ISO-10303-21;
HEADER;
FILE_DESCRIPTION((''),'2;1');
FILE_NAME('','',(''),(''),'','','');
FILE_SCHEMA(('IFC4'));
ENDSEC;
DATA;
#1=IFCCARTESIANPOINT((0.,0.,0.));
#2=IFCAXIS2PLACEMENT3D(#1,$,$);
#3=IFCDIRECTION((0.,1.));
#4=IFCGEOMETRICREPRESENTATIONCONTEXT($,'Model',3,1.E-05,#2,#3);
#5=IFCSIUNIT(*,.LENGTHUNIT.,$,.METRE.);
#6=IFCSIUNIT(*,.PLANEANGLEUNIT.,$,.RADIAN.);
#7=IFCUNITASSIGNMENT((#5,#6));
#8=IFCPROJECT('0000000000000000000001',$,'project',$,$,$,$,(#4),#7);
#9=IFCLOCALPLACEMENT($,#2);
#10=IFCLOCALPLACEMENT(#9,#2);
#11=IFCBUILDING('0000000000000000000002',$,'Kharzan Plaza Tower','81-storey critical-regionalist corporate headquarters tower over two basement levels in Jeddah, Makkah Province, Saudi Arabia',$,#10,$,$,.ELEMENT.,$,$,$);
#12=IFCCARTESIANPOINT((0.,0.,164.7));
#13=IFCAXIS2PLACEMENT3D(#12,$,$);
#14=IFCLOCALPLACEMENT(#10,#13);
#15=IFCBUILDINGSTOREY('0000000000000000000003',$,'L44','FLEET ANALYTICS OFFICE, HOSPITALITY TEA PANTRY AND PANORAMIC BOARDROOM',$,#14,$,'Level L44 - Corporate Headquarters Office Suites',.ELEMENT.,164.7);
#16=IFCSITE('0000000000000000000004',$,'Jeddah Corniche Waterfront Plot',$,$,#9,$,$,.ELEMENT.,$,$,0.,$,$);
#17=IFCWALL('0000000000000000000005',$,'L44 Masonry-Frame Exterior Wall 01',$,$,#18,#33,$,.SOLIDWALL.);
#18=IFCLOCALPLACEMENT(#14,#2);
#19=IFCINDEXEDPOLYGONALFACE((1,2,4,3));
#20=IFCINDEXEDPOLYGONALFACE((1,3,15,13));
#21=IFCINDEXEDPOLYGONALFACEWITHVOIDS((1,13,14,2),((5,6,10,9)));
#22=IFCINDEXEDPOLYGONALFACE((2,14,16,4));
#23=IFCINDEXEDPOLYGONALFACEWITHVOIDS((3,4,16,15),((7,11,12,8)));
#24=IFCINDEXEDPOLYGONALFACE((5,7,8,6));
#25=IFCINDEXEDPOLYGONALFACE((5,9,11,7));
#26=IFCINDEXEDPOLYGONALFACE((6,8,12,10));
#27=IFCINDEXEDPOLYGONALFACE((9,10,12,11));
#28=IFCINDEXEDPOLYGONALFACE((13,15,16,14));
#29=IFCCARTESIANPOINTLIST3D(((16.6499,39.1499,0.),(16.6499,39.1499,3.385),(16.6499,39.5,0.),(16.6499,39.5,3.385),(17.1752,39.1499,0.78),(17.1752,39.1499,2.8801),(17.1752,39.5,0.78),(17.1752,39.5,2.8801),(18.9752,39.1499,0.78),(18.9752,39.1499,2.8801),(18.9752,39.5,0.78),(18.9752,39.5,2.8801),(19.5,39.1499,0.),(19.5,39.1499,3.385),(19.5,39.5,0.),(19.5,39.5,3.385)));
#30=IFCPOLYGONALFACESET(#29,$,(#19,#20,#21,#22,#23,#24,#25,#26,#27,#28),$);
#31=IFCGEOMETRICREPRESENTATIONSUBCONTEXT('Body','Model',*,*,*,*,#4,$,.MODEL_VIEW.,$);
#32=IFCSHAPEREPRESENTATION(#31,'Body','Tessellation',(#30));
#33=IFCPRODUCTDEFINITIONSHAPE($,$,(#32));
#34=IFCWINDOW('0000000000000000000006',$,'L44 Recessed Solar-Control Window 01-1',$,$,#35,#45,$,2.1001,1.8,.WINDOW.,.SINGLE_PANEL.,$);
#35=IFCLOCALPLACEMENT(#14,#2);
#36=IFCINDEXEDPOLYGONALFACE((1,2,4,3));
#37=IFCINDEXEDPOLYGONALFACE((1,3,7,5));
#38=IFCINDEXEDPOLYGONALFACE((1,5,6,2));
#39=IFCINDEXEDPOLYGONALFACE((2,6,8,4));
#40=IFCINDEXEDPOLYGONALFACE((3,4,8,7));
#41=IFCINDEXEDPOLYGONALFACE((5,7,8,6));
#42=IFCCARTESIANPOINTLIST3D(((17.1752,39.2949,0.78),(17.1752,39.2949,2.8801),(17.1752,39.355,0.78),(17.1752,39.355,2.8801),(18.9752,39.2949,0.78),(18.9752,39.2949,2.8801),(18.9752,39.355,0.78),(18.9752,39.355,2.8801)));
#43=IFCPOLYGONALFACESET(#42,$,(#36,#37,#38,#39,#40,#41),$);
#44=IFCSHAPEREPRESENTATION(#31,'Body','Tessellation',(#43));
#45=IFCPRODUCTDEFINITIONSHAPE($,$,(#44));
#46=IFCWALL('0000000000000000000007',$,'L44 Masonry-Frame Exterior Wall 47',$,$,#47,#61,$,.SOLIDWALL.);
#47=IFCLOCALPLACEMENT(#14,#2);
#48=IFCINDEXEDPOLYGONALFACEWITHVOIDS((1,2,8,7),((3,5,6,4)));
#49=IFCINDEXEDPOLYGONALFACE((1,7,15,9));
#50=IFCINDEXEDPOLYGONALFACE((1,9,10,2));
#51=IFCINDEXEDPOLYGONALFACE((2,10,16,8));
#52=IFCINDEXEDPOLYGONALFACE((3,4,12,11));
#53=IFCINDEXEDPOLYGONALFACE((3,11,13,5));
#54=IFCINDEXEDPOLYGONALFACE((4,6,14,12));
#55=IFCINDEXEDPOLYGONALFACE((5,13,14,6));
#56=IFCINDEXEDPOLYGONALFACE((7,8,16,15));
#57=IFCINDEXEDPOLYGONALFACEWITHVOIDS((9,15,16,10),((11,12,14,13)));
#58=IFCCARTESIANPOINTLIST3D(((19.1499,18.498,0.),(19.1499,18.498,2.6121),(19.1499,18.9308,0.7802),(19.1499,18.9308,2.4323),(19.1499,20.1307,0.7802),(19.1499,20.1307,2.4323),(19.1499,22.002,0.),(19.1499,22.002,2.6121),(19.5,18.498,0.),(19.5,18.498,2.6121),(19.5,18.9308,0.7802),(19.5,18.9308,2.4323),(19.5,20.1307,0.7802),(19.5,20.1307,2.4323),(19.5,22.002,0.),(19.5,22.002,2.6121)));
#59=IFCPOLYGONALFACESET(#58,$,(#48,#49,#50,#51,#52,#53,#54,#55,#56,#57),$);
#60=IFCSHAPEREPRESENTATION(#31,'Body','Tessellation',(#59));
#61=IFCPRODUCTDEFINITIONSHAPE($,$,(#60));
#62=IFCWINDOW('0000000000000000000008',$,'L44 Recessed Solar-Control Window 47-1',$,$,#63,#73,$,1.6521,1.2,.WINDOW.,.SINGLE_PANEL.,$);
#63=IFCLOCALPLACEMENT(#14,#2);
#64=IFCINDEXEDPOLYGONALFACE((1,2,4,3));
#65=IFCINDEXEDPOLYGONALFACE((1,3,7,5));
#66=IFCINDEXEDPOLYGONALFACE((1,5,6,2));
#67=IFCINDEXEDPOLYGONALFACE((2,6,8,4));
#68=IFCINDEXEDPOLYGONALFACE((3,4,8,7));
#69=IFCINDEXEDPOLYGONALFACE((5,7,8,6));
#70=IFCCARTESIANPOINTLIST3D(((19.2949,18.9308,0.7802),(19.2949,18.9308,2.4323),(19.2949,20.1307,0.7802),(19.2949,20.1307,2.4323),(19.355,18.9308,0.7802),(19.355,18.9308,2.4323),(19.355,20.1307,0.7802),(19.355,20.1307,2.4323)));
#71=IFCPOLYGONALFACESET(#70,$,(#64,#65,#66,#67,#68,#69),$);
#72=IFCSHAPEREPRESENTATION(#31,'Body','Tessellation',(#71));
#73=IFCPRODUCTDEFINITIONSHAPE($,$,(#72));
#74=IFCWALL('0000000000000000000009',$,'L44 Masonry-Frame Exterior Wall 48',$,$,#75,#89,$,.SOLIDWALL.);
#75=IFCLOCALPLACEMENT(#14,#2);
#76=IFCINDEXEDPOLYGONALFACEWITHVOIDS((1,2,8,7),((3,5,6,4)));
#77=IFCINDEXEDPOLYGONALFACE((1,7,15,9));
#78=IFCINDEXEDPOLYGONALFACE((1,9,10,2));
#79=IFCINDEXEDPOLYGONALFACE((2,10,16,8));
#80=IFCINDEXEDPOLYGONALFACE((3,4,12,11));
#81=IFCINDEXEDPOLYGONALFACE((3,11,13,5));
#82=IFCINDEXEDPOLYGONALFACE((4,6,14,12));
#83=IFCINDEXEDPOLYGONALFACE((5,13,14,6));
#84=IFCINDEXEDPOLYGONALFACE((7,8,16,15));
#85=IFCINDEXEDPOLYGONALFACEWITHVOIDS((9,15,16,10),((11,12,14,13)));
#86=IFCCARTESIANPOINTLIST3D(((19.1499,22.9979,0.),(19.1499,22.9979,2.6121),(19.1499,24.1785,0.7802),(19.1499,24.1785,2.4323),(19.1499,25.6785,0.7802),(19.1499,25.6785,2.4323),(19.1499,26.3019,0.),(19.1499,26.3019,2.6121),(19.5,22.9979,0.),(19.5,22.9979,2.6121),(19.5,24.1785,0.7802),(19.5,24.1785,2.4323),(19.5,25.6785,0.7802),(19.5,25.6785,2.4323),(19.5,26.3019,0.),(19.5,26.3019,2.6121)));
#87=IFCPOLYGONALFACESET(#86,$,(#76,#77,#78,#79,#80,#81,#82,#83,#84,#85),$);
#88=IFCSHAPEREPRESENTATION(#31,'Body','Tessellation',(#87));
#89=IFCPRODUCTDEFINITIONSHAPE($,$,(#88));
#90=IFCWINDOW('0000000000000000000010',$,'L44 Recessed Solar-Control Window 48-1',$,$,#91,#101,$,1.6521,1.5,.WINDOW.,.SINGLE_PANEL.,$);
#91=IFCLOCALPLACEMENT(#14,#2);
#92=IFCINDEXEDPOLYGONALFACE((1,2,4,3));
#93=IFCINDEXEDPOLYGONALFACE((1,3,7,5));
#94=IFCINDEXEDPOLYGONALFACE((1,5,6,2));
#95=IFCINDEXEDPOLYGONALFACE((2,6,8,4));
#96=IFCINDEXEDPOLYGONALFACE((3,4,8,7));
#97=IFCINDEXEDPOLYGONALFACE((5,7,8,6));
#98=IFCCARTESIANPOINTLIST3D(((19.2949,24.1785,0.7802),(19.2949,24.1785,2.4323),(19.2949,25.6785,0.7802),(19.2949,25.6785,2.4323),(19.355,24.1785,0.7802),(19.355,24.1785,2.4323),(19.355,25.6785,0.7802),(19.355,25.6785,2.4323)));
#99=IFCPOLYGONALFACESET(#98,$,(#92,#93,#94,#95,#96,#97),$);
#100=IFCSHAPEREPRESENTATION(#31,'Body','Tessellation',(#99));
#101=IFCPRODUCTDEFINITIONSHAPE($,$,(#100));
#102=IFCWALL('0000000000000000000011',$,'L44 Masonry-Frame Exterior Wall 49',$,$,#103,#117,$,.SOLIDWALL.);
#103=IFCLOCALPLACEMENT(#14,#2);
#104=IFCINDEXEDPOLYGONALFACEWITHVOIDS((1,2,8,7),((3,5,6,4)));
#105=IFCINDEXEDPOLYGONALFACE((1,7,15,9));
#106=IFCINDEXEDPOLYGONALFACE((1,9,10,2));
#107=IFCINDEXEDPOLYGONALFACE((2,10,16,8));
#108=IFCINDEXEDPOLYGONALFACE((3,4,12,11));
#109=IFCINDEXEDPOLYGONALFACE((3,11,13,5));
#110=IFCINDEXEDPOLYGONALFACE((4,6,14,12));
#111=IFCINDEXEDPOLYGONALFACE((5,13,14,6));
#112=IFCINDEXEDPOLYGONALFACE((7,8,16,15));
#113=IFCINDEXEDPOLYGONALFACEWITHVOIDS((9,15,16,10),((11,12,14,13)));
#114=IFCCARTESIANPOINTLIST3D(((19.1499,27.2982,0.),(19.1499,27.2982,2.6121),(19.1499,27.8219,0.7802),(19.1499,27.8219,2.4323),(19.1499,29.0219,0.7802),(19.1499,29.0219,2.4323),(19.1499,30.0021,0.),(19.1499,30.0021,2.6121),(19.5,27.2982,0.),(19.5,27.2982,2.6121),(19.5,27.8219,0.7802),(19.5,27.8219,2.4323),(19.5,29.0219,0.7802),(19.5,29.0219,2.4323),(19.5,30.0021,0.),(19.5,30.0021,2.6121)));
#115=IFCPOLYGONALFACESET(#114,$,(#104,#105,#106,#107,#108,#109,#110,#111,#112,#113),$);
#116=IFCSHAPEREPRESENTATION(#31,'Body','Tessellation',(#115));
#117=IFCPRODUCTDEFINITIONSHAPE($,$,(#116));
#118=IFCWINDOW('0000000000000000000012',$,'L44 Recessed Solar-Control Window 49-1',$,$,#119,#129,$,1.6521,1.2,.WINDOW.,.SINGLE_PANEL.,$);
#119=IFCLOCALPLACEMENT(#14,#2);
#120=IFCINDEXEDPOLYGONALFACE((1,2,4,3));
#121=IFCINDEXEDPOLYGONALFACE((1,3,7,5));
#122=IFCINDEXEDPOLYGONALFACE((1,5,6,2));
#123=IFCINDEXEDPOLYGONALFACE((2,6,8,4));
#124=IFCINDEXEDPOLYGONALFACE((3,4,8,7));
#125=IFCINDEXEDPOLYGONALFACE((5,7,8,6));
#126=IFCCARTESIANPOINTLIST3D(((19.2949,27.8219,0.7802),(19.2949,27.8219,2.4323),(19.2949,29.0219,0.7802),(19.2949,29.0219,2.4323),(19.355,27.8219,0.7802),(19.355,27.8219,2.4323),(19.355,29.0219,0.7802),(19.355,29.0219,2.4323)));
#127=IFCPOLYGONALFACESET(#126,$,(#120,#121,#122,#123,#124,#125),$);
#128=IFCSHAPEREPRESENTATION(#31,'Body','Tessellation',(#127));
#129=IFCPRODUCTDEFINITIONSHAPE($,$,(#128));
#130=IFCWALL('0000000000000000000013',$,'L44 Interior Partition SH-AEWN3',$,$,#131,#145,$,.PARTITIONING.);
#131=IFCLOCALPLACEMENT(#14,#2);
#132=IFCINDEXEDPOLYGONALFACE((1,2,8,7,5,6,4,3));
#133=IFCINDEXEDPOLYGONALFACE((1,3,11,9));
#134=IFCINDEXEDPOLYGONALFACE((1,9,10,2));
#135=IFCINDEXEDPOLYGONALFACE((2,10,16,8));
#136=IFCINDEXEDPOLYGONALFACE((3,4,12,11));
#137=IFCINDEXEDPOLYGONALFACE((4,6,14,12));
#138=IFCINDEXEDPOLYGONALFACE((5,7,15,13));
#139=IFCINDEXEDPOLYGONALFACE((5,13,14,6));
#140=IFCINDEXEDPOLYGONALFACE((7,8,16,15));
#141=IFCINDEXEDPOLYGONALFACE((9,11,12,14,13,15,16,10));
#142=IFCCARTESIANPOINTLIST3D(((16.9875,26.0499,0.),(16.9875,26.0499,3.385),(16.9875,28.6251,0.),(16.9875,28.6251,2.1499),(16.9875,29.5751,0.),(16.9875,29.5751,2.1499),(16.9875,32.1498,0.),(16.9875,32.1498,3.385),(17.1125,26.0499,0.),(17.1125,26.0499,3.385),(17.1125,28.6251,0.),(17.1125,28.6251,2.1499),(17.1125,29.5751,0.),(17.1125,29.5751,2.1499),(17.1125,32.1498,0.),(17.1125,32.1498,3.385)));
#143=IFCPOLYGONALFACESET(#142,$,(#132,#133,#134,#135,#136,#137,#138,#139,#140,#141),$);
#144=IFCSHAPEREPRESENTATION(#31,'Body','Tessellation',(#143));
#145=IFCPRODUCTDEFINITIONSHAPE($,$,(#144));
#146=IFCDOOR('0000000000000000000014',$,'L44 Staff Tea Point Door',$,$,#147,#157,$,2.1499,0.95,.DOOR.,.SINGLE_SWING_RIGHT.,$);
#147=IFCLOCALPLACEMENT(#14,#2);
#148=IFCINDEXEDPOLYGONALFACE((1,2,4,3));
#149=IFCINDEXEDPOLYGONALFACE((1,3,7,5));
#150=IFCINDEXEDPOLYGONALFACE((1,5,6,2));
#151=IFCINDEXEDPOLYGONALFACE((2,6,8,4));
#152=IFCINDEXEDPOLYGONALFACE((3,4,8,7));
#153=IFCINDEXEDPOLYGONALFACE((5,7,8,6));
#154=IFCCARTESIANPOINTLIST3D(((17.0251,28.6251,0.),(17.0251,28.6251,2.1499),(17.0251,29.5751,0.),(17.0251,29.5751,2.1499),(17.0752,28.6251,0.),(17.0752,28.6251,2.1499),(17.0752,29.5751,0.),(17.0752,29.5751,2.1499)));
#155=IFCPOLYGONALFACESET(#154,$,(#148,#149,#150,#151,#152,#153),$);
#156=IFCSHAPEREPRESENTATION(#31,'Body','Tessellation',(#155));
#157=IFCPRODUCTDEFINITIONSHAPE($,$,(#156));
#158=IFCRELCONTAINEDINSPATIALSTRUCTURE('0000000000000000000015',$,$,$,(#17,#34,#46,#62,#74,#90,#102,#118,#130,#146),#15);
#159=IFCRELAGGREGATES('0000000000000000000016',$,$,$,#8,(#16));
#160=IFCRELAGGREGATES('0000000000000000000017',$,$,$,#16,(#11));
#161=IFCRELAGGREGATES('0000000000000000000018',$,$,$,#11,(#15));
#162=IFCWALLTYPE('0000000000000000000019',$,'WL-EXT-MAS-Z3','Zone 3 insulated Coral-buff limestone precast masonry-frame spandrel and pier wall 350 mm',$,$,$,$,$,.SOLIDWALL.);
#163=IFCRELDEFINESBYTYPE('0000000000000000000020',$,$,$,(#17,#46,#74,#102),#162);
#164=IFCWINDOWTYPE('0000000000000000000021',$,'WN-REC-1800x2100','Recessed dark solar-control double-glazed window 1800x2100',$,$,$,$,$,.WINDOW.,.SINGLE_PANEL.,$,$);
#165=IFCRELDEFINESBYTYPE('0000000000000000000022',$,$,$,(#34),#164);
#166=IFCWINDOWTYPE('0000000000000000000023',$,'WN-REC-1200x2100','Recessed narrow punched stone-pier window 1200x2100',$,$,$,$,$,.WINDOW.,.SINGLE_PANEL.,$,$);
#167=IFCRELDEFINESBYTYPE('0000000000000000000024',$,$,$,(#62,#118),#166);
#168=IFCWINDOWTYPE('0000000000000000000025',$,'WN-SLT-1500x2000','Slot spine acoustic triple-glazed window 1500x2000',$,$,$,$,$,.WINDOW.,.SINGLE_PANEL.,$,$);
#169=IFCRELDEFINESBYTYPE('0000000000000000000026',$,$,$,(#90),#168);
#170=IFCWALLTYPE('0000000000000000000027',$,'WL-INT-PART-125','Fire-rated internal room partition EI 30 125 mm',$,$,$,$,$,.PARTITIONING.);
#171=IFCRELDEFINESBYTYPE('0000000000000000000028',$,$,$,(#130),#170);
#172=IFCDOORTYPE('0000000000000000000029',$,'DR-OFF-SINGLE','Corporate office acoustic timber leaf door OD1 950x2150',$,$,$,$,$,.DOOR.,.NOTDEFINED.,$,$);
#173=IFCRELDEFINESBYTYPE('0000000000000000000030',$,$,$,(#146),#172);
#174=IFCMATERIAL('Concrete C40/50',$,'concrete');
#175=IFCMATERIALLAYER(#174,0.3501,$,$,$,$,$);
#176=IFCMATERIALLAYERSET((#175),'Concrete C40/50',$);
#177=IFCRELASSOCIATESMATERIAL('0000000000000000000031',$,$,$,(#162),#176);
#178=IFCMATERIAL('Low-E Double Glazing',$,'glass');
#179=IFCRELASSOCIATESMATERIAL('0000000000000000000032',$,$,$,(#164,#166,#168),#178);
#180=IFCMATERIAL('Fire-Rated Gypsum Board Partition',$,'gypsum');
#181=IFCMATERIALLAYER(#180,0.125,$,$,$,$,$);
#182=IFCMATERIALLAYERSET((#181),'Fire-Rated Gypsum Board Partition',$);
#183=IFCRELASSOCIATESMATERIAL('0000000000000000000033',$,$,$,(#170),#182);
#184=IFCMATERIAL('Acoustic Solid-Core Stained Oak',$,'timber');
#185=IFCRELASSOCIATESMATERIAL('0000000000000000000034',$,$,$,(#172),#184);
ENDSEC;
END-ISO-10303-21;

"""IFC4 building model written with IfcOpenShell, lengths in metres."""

from ifc_helpers import new_model, si_unit, direction, frame, frame_2d, origin, place, context, subcontext, project, spatial, rectangle, extrude, source, transform, mapped, material, layer, layer_set, type_object, element, fill, save


model = new_model("IFC4")

# Units and contexts
model_context = context("Model", 3, precision=1e-05, world=origin(), true_north=direction((0.0, 1.0)))
body_context = subcontext(model_context, "Body", "Model", "MODEL_VIEW")
ifc_project = project(units=[si_unit("LENGTHUNIT", "METRE"), si_unit("PLANEANGLEUNIT", "RADIAN")], contexts=[model_context])

# Site, building, storey
site_placement = place(None, origin())
site = spatial("IfcSite", under=ifc_project, at=site_placement, Name="Jeddah Corniche Waterfront Plot", CompositionType="ELEMENT", RefElevation=0.0)
building_placement = place(site_placement, origin())
building = spatial("IfcBuilding", under=site, at=building_placement, Name="Kharzan Plaza Tower", Description="81-storey critical-regionalist corporate headquarters tower over two basement levels in Jeddah, Makkah Province, Saudi Arabia", CompositionType="ELEMENT")
storey_placement = place(building_placement, frame((0.0, 0.0, 164.7)))
storey = spatial("IfcBuildingStorey", under=building, at=storey_placement, Name="L44", Description="FLEET ANALYTICS OFFICE, HOSPITALITY TEA PANTRY AND PANORAMIC BOARDROOM", LongName="Level L44 - Corporate Headquarters Office Suites", CompositionType="ELEMENT", Elevation=164.7)

# Walls, openings, windows
ifc_material_1 = material(Name="Concrete C40/50", Category="concrete")
ifc_layer_1 = layer(ifc_material_1, 0.3501)
ifc_layer_set_1 = layer_set([ifc_layer_1], Name="Concrete C40/50")
wall_type_1 = type_object("IfcWallType", Name="WL-EXT-MAS-Z3", Description="Zone 3 insulated Coral-buff limestone precast masonry-frame spandrel and pier wall 350 mm", PredefinedType="SOLIDWALL", material=ifc_layer_set_1)
wall_1_placement = place(storey_placement, frame((19.5, 39.325, 0.0), z_axis=(0.0, 0.0, 1.0), x_axis=(-1.0, 0.0, 0.0)))
wall_1 = element("IfcWall", 1, at=wall_1_placement, inside=storey, type_object=wall_type_1, Name="L44 Masonry-Frame Exterior Wall 01", PredefinedType="SOLIDWALL", context=body_context, shape_type="SweptSolid", body=[
    extrude(rectangle(XDim=2.8501, YDim=0.3501, at=frame_2d((1.425, 0.0))), origin(), (0.0, 0.0, 1.0), 3.385),
])
opening_1_placement = place(wall_1_placement, frame((0.5249, 0.0, 0.78)))
opening_1 = element("IfcOpeningElement", 2, at=opening_1_placement, cuts=wall_1, PredefinedType="OPENING", context=body_context, shape_type="SweptSolid", body=[
    extrude(rectangle(XDim=1.8, YDim=2.1001, at=frame_2d((0.8999, 1.05))), frame((0.0, 0.1851, 0.0), z_axis=(0.0, -1.0, 0.0), x_axis=(1.0, 0.0, 0.0)), (0.0, 0.0, 1.0), 0.3701),
])
ifc_material_2 = material(Name="Low-E Double Glazing", Category="glass")
window_type_1 = type_object("IfcWindowType", Name="WN-REC-1800x2100", Description="Recessed dark solar-control double-glazed window 1800x2100", PartitioningType="SINGLE_PANEL", PredefinedType="WINDOW", material=ifc_material_2)
shared_shape_1 = source(origin(), body_context, "Body", "SweptSolid", [
    extrude(rectangle(XDim=1.8, YDim=2.1001, at=frame_2d((0.8999, 1.05))), frame((0.0, 0.03, 0.0), z_axis=(0.0, -1.0, 0.0), x_axis=(1.0, 0.0, 0.0)), (0.0, 0.0, 1.0), 0.0601),
])
window_1_placement = place(opening_1_placement, origin())
window_1 = element("IfcWindow", 3, at=window_1_placement, inside=storey, type_object=window_type_1, Name="L44 Recessed Solar-Control Window 01-1", OverallHeight=2.1001, OverallWidth=1.8, PartitioningType="SINGLE_PANEL", PredefinedType="WINDOW", context=body_context, shape_type="MappedRepresentation", body=[
    mapped(shared_shape_1, transform((0.0, 0.0, 0.0), x_axis=(1.0, 0.0, 0.0), y_axis=(0.0, 1.0, 0.0), z_axis=(0.0, 0.0, 1.0))),
])
fill(opening_1, window_1)
wall_2_placement = place(storey_placement, frame((19.325, 18.498, 0.0), z_axis=(0.0, 0.0, 1.0), x_axis=(0.0, 1.0, 0.0)))
wall_2 = element("IfcWall", 4, at=wall_2_placement, inside=storey, type_object=wall_type_1, Name="L44 Masonry-Frame Exterior Wall 47", PredefinedType="SOLIDWALL", context=body_context, shape_type="SweptSolid", body=[
    extrude(rectangle(XDim=3.5039, YDim=0.3501, at=frame_2d((1.752, 0.0))), origin(), (0.0, 0.0, 1.0), 2.6121),
])
opening_2_placement = place(wall_2_placement, frame((0.4326, 0.0, 0.78)))
opening_2 = element("IfcOpeningElement", 5, at=opening_2_placement, cuts=wall_2, PredefinedType="OPENING", context=body_context, shape_type="SweptSolid", body=[
    extrude(rectangle(XDim=1.2, YDim=1.6521, at=frame_2d((0.6001, 0.8262))), frame((0.0, 0.1851, 0.0), z_axis=(0.0, -1.0, 0.0), x_axis=(1.0, 0.0, 0.0)), (0.0, 0.0, 1.0), 0.3701),
])
window_type_2 = type_object("IfcWindowType", Name="WN-REC-1200x2100", Description="Recessed narrow punched stone-pier window 1200x2100", PartitioningType="SINGLE_PANEL", PredefinedType="WINDOW", material=ifc_material_2)
shared_shape_2 = source(origin(), body_context, "Body", "SweptSolid", [
    extrude(rectangle(XDim=1.2, YDim=1.6521, at=frame_2d((0.6001, 0.8262))), frame((0.0, 0.03, 0.0), z_axis=(0.0, -1.0, 0.0), x_axis=(1.0, 0.0, 0.0)), (0.0, 0.0, 1.0), 0.0601),
])
window_2_placement = place(opening_2_placement, origin())
window_2 = element("IfcWindow", 6, at=window_2_placement, inside=storey, type_object=window_type_2, Name="L44 Recessed Solar-Control Window 47-1", OverallHeight=1.6521, OverallWidth=1.2, PartitioningType="SINGLE_PANEL", PredefinedType="WINDOW", context=body_context, shape_type="MappedRepresentation", body=[
    mapped(shared_shape_2, transform((0.0, 0.0, 0.0), x_axis=(1.0, 0.0, 0.0), y_axis=(0.0, 1.0, 0.0), z_axis=(0.0, 0.0, 1.0))),
])
fill(opening_2, window_2)
wall_3_placement = place(storey_placement, frame((19.325, 22.998, 0.0), z_axis=(0.0, 0.0, 1.0), x_axis=(0.0, 1.0, 0.0)))
wall_3 = element("IfcWall", 7, at=wall_3_placement, inside=storey, type_object=wall_type_1, Name="L44 Masonry-Frame Exterior Wall 48", PredefinedType="SOLIDWALL", context=body_context, shape_type="SweptSolid", body=[
    extrude(rectangle(XDim=3.304, YDim=0.3501, at=frame_2d((1.6519, 0.0))), origin(), (0.0, 0.0, 1.0), 2.6121),
])
opening_3_placement = place(wall_3_placement, frame((1.1804, 0.0, 0.78)))
opening_3 = element("IfcOpeningElement", 8, at=opening_3_placement, cuts=wall_3, PredefinedType="OPENING", context=body_context, shape_type="SweptSolid", body=[
    extrude(rectangle(XDim=1.5, YDim=1.6521, at=frame_2d((0.75, 0.8262))), frame((0.0, 0.1851, 0.0), z_axis=(0.0, -1.0, 0.0), x_axis=(1.0, 0.0, 0.0)), (0.0, 0.0, 1.0), 0.3701),
])
window_type_3 = type_object("IfcWindowType", Name="WN-SLT-1500x2000", Description="Slot spine acoustic triple-glazed window 1500x2000", PartitioningType="SINGLE_PANEL", PredefinedType="WINDOW", material=ifc_material_2)
shared_shape_3 = source(origin(), body_context, "Body", "SweptSolid", [
    extrude(rectangle(XDim=1.5, YDim=1.6521, at=frame_2d((0.75, 0.8262))), frame((0.0, 0.03, 0.0), z_axis=(0.0, -1.0, 0.0), x_axis=(1.0, 0.0, 0.0)), (0.0, 0.0, 1.0), 0.0601),
])
window_3_placement = place(opening_3_placement, origin())
window_3 = element("IfcWindow", 9, at=window_3_placement, inside=storey, type_object=window_type_3, Name="L44 Recessed Solar-Control Window 48-1", OverallHeight=1.6521, OverallWidth=1.5, PartitioningType="SINGLE_PANEL", PredefinedType="WINDOW", context=body_context, shape_type="MappedRepresentation", body=[
    mapped(shared_shape_3, transform((0.0, 0.0, 0.0), x_axis=(1.0, 0.0, 0.0), y_axis=(0.0, 1.0, 0.0), z_axis=(0.0, 0.0, 1.0))),
])
fill(opening_3, window_3)
wall_4_placement = place(storey_placement, frame((19.325, 27.2981, 0.0), z_axis=(0.0, 0.0, 1.0), x_axis=(0.0, 1.0, 0.0)))
wall_4 = element("IfcWall", 10, at=wall_4_placement, inside=storey, type_object=wall_type_1, Name="L44 Masonry-Frame Exterior Wall 49", PredefinedType="SOLIDWALL", context=body_context, shape_type="SweptSolid", body=[
    extrude(rectangle(XDim=2.7039, YDim=0.3501, at=frame_2d((1.3521, 0.0))), origin(), (0.0, 0.0, 1.0), 2.6121),
])
opening_4_placement = place(wall_4_placement, frame((0.5237, 0.0, 0.78)))
opening_4 = element("IfcOpeningElement", 11, at=opening_4_placement, cuts=wall_4, PredefinedType="OPENING", context=body_context, shape_type="SweptSolid", body=[
    extrude(rectangle(XDim=1.2, YDim=1.6521, at=frame_2d((0.6001, 0.8262))), frame((0.0, 0.1851, 0.0), z_axis=(0.0, -1.0, 0.0), x_axis=(1.0, 0.0, 0.0)), (0.0, 0.0, 1.0), 0.3701),
])
window_4_placement = place(opening_4_placement, origin())
window_4 = element("IfcWindow", 12, at=window_4_placement, inside=storey, type_object=window_type_2, Name="L44 Recessed Solar-Control Window 49-1", OverallHeight=1.6521, OverallWidth=1.2, PartitioningType="SINGLE_PANEL", PredefinedType="WINDOW", context=body_context, shape_type="MappedRepresentation", body=[
    mapped(shared_shape_2, transform((0.0, 0.0, 0.0), x_axis=(1.0, 0.0, 0.0), y_axis=(0.0, 1.0, 0.0), z_axis=(0.0, 0.0, 1.0))),
])
fill(opening_4, window_4)

# Wall, opening, door
ifc_material_3 = material(Name="Fire-Rated Gypsum Board Partition", Category="gypsum")
ifc_layer_2 = layer(ifc_material_3, 0.125)
ifc_layer_set_2 = layer_set([ifc_layer_2], Name="Fire-Rated Gypsum Board Partition")
wall_type_2 = type_object("IfcWallType", Name="WL-INT-PART-125", Description="Fire-rated internal room partition EI 30 125 mm", PredefinedType="PARTITIONING", material=ifc_layer_set_2)
wall_5_placement = place(storey_placement, frame((17.05, 26.05, 0.0), z_axis=(0.0, 0.0, 1.0), x_axis=(0.0, 1.0, 0.0)))
wall_5 = element("IfcWall", 13, at=wall_5_placement, inside=storey, type_object=wall_type_2, Name="L44 Interior Partition SH-AEWN3", PredefinedType="PARTITIONING", context=body_context, shape_type="SweptSolid", body=[
    extrude(rectangle(XDim=6.0999, YDim=0.125, at=frame_2d((3.0498, 0.0))), origin(), (0.0, 0.0, 1.0), 3.385),
])
opening_5_placement = place(wall_5_placement, frame((2.575, 0.0, 0.0)))
opening_5 = element("IfcOpeningElement", 14, at=opening_5_placement, cuts=wall_5, PredefinedType="OPENING", context=body_context, shape_type="SweptSolid", body=[
    extrude(rectangle(XDim=0.95, YDim=2.1499, at=frame_2d((0.4751, 1.075))), frame((0.0, 0.0725, 0.0), z_axis=(0.0, -1.0, 0.0), x_axis=(1.0, 0.0, 0.0)), (0.0, 0.0, 1.0), 0.145),
])
ifc_material_4 = material(Name="Acoustic Solid-Core Stained Oak", Category="timber")
door_type_1 = type_object("IfcDoorType", Name="DR-OFF-SINGLE", Description="Corporate office acoustic timber leaf door OD1 950x2150", OperationType="NOTDEFINED", PredefinedType="DOOR", material=ifc_material_4)
shared_shape_4 = source(origin(), body_context, "Body", "SweptSolid", [
    extrude(rectangle(XDim=0.95, YDim=2.1499, at=frame_2d((0.4751, 1.075))), frame((0.0, 0.0249, 0.0), z_axis=(0.0, -1.0, 0.0), x_axis=(1.0, 0.0, 0.0)), (0.0, 0.0, 1.0), 0.05),
])
door_1_placement = place(opening_5_placement, origin())
door_1 = element("IfcDoor", 15, at=door_1_placement, inside=storey, type_object=door_type_1, Name="L44 Staff Tea Point Door", OperationType="SINGLE_SWING_RIGHT", OverallHeight=2.1499, OverallWidth=0.95, PredefinedType="DOOR", context=body_context, shape_type="MappedRepresentation", body=[
    mapped(shared_shape_4, transform((0.0, 0.0, 0.0), x_axis=(1.0, 0.0, 0.0), y_axis=(0.0, 1.0, 0.0), z_axis=(0.0, 0.0, 1.0))),
])
fill(opening_5, door_1)

save(model, "model.ifc")
